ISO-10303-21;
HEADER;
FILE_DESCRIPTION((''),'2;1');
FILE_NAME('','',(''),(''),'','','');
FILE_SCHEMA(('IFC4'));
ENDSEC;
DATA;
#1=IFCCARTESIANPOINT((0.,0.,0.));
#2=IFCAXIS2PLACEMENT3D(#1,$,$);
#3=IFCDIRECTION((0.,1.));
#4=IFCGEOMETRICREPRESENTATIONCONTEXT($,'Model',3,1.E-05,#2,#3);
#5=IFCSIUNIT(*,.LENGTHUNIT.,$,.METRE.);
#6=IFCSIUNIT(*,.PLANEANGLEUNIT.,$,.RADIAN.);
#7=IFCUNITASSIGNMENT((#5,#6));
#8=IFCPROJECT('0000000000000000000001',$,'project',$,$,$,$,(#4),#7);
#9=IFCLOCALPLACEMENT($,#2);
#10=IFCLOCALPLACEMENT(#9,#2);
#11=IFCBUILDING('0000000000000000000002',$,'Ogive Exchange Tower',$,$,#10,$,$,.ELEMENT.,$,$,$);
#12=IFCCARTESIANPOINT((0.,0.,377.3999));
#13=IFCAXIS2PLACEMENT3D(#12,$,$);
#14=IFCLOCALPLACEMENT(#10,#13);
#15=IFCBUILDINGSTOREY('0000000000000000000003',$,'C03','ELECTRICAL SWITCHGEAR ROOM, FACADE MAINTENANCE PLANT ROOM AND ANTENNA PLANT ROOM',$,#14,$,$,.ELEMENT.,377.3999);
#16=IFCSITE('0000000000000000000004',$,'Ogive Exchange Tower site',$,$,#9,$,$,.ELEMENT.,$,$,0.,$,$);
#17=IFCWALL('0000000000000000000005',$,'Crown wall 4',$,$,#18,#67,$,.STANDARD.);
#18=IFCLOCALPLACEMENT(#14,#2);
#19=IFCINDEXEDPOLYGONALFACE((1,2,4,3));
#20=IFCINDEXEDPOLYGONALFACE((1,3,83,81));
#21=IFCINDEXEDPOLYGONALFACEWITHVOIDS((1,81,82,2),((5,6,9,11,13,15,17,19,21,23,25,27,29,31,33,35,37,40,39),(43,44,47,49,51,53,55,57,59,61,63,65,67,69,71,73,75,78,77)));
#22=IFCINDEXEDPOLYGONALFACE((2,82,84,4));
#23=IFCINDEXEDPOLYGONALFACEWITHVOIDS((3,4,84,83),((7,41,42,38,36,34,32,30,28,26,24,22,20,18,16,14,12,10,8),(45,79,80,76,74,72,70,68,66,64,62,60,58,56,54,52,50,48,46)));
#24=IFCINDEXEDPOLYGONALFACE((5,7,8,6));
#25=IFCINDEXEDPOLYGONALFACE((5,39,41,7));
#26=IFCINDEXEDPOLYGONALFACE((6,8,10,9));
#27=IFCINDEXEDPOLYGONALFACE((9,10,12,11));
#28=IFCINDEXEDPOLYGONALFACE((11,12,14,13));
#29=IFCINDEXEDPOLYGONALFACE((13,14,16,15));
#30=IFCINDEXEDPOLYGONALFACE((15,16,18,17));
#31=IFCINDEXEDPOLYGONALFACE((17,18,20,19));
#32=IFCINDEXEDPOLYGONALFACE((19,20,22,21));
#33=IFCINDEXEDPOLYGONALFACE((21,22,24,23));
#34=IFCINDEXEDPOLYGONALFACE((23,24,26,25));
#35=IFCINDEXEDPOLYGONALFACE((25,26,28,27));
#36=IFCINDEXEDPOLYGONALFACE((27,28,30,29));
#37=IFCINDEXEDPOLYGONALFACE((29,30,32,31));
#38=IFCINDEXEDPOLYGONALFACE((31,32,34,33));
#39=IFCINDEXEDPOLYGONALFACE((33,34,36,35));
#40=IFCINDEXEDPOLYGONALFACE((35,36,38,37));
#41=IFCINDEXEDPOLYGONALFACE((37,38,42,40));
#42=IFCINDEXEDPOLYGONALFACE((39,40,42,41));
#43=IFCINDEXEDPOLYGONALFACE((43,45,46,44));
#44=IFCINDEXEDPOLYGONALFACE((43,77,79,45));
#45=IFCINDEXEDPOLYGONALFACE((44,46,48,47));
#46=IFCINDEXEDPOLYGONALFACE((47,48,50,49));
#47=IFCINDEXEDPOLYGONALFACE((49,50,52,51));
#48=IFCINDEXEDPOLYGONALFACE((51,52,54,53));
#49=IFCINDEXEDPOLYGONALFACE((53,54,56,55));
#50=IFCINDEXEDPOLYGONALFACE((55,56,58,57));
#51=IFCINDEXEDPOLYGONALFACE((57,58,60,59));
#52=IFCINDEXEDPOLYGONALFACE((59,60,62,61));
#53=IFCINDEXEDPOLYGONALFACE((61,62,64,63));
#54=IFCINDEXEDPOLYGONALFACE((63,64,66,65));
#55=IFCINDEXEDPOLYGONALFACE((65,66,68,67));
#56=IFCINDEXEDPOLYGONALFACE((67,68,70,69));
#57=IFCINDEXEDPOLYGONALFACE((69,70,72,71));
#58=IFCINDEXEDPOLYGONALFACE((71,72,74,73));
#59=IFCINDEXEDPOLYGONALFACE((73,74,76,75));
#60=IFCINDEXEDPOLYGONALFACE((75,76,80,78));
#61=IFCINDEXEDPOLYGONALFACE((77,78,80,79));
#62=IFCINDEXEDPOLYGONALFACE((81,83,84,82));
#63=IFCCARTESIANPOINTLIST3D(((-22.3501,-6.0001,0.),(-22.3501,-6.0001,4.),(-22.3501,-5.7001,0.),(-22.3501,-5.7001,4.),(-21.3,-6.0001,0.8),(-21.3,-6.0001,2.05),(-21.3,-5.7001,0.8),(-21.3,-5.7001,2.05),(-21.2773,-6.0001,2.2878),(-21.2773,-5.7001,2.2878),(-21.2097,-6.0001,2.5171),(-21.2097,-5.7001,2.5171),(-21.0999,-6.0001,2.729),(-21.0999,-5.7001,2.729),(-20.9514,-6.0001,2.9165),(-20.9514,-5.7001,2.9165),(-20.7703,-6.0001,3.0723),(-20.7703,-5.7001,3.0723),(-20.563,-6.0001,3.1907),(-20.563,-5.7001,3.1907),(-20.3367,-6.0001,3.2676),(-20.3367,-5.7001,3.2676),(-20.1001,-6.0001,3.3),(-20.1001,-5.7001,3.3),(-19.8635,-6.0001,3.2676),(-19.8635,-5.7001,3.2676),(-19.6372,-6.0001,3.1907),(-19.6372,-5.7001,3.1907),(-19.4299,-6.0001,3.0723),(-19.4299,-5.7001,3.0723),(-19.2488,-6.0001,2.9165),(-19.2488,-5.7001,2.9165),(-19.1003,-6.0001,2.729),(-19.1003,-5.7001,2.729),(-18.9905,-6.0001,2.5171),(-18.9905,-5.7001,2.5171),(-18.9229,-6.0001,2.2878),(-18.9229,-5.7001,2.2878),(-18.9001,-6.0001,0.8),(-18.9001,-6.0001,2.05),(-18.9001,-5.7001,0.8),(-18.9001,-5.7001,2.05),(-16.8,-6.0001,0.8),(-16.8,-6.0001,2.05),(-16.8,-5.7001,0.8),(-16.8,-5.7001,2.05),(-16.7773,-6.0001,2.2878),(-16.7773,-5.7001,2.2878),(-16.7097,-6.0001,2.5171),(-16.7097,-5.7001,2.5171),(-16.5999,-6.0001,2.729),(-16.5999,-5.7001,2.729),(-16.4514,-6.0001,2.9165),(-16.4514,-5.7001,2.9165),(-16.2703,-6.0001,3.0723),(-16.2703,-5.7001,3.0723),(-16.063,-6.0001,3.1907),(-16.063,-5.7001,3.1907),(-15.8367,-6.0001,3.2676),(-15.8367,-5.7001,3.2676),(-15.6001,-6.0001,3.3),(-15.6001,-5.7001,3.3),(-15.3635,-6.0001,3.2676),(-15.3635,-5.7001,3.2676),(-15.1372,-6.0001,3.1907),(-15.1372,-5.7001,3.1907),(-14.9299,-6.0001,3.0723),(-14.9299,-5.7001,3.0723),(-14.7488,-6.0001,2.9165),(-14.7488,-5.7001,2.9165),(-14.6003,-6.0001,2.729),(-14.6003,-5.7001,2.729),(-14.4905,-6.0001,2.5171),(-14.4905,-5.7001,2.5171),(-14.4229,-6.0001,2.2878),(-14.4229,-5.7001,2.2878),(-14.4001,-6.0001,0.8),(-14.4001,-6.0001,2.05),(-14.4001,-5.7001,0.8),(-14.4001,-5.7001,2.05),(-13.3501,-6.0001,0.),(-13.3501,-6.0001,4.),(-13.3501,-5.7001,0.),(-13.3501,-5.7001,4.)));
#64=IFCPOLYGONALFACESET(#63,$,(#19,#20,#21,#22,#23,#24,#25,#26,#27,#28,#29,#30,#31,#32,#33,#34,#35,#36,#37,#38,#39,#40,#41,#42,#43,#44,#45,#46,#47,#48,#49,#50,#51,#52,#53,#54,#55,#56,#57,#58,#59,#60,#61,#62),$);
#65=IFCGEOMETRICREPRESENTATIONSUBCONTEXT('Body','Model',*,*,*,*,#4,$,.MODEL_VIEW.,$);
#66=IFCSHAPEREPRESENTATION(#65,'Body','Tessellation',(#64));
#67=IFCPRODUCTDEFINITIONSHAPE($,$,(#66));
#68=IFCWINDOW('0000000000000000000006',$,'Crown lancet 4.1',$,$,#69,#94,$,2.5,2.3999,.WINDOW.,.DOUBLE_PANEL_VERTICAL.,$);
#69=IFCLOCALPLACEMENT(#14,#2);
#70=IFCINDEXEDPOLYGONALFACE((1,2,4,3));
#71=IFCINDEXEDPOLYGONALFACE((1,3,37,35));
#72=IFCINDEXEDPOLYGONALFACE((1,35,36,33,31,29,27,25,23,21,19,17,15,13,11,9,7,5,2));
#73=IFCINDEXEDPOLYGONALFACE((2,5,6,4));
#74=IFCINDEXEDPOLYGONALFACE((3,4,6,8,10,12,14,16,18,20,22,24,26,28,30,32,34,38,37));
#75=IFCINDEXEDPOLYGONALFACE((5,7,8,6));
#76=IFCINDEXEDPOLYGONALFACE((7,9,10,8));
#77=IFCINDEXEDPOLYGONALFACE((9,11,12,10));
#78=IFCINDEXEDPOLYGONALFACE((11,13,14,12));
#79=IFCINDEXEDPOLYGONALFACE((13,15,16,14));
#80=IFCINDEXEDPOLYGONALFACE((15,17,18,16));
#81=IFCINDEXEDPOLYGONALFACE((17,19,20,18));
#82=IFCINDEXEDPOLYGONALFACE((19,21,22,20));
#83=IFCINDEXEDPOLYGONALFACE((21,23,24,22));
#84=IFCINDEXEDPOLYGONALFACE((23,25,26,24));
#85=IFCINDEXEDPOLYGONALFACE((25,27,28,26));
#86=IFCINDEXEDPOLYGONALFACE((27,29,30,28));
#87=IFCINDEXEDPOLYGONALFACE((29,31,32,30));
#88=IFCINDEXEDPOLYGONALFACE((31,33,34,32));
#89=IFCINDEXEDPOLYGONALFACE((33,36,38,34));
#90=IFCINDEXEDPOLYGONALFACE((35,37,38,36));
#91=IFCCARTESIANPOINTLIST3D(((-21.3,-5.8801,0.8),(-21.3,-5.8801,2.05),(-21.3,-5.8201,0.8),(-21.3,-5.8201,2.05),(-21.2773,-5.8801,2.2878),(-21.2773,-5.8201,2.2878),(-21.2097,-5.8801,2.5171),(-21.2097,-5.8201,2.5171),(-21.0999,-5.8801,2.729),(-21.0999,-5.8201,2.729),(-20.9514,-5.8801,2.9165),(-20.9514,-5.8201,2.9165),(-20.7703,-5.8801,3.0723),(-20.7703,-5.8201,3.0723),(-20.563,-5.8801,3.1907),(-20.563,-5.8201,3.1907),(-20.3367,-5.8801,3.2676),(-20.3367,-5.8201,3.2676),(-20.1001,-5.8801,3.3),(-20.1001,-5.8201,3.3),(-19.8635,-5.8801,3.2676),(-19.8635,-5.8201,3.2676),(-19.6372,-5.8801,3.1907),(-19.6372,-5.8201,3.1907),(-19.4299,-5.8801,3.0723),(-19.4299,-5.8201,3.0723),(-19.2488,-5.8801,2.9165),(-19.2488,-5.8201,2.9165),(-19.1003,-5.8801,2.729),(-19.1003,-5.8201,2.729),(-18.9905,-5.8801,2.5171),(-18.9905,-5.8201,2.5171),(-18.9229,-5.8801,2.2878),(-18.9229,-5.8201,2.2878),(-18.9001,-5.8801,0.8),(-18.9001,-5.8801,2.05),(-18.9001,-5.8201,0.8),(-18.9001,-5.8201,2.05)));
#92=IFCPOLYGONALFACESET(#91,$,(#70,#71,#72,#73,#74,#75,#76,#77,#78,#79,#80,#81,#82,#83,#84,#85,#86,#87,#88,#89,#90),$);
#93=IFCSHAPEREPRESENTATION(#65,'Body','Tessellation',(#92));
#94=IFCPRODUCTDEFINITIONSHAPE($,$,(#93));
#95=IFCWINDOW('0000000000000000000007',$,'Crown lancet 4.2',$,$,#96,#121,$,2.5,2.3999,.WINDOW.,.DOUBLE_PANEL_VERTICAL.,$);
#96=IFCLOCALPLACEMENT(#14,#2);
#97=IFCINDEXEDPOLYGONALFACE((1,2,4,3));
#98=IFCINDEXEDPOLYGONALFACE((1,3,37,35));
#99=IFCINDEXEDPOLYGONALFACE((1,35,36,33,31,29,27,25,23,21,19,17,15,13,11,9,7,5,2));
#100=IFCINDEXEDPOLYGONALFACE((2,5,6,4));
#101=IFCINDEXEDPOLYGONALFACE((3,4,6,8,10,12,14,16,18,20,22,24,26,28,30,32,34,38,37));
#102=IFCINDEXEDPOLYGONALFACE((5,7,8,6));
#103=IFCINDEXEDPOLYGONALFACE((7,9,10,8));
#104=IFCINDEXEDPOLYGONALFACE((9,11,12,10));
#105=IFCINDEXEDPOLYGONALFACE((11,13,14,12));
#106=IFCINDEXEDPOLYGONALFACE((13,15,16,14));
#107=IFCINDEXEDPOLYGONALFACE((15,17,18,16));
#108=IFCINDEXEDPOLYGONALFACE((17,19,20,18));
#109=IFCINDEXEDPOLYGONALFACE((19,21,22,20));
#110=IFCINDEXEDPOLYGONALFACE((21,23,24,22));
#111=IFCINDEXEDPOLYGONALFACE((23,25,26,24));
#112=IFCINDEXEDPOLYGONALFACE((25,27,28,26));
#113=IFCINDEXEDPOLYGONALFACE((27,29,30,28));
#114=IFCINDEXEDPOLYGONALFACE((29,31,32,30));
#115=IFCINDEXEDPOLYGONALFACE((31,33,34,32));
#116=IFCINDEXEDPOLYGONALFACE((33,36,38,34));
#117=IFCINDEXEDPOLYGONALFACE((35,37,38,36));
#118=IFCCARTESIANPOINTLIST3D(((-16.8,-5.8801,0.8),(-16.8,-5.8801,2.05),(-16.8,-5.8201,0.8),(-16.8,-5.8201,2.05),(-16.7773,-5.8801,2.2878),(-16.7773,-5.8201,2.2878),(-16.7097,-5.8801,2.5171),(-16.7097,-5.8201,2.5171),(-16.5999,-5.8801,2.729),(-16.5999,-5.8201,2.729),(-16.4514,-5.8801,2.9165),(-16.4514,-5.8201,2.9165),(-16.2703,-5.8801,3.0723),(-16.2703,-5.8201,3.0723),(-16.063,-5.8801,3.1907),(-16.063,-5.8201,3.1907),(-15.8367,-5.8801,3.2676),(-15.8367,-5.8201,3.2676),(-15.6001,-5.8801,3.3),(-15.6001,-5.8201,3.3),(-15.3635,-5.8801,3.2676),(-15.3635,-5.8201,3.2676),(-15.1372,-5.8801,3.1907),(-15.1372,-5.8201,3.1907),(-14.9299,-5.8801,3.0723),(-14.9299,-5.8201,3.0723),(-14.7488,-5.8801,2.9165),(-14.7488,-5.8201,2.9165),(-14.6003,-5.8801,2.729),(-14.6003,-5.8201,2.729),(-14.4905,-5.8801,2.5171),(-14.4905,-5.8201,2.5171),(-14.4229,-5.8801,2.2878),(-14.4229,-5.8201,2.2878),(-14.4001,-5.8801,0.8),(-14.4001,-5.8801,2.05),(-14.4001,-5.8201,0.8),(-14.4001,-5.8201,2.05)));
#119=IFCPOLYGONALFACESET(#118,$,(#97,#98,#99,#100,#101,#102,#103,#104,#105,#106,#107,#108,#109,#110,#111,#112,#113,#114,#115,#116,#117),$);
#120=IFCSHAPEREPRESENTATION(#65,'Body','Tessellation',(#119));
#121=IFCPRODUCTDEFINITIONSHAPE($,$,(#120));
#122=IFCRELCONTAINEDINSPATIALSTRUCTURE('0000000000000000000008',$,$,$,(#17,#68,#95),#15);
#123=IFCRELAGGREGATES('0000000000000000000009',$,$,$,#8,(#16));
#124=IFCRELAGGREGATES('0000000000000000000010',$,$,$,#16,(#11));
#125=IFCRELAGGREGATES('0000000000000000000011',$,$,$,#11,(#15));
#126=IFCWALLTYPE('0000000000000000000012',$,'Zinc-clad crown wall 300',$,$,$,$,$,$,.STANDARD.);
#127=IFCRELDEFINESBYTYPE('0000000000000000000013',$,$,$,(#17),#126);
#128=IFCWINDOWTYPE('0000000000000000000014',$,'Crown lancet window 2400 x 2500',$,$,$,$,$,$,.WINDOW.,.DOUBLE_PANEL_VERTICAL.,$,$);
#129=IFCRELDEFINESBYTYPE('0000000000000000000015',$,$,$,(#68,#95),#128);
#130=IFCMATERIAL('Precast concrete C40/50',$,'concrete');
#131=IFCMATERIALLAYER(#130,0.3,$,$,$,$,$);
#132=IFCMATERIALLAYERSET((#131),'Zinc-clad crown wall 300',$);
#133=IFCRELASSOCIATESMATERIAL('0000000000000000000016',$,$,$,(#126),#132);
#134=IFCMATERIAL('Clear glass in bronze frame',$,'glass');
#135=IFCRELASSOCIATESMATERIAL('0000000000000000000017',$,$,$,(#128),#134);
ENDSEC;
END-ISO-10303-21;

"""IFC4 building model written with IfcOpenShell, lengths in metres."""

from ifc_helpers import new_model, si_unit, direction, frame, frame_2d, origin, place, context, subcontext, project, spatial, polyline, rectangle, outline, extrude, material, layer, layer_set, type_object, element, fill, save


model = new_model("IFC4")

# Units and contexts
model_context = context("Model", 3, precision=1e-05, world=origin(), true_north=direction((0.0, 1.0)))
body_context = subcontext(model_context, "Body", "Model", "MODEL_VIEW")
ifc_project = project(units=[si_unit("LENGTHUNIT", "METRE"), si_unit("PLANEANGLEUNIT", "RADIAN")], contexts=[model_context])

# Site, building, storey
site_placement = place(None, origin())
site = spatial("IfcSite", under=ifc_project, at=site_placement, Name="Ogive Exchange Tower site", CompositionType="ELEMENT", RefElevation=0.0)
building_placement = place(site_placement, origin())
building = spatial("IfcBuilding", under=site, at=building_placement, Name="Ogive Exchange Tower", CompositionType="ELEMENT")
storey_placement = place(building_placement, frame((0.0, 0.0, 377.3999)))
storey = spatial("IfcBuildingStorey", under=building, at=storey_placement, Name="C03", Description="ELECTRICAL SWITCHGEAR ROOM, FACADE MAINTENANCE PLANT ROOM AND ANTENNA PLANT ROOM", CompositionType="ELEMENT", Elevation=377.3999)

# Shared definitions
ifc_material_1 = material(Name="Precast concrete C40/50", Category="concrete")
ifc_layer_1 = layer(ifc_material_1, 0.3)
ifc_layer_set_1 = layer_set([ifc_layer_1], Name="Zinc-clad crown wall 300")
wall_type_1 = type_object("IfcWallType", Name="Zinc-clad crown wall 300", PredefinedType="STANDARD", material=ifc_layer_set_1)

# Wall, openings, windows
wall_1_placement = place(storey_placement, frame((-22.3501, -5.8501, 0.0), z_axis=(0.0, 0.0, 1.0), x_axis=(1.0, 0.0, 0.0)))
wall_1 = element("IfcWall", 1, at=wall_1_placement, inside=storey, type_object=wall_type_1, Name="Crown wall 4", PredefinedType="STANDARD", context=body_context, shape_type="SweptSolid", body=[
    extrude(rectangle(XDim=9.0, YDim=0.3, at=frame_2d((4.5, 0.0))), origin(), (0.0, 0.0, 1.0), 4.0),
])
opening_1_placement = place(wall_1_placement, frame((1.05, 0.0, 0.8)))
opening_1 = element("IfcOpeningElement", 2, at=opening_1_placement, cuts=wall_1, PredefinedType="OPENING", context=body_context, shape_type="SweptSolid", body=[
    extrude(outline(polyline([(0.0, 0.0), (2.3999, 0.0), (2.3999, 1.25), (2.3772, 1.4878), (2.3096, 1.717), (2.1997, 1.929), (2.0513, 2.1165), (1.8701, 2.2722), (1.6628, 2.3906), (1.4365, 2.4675), (1.2, 2.5), (0.9634, 2.4675), (0.7371, 2.3906), (0.5298, 2.2722), (0.3486, 2.1165), (0.2002, 1.929), (0.0903, 1.717), (0.0227, 1.4878), (0.0, 1.25), (0.0, 0.0)])), frame((0.0, 0.1599, 0.0), z_axis=(0.0, -1.0, 0.0), x_axis=(1.0, 0.0, 0.0)), (0.0, 0.0, 1.0), 0.3201),
])
opening_2_placement = place(wall_1_placement, frame((5.55, 0.0, 0.8)))
opening_2 = element("IfcOpeningElement", 3, at=opening_2_placement, cuts=wall_1, PredefinedType="OPENING", context=body_context, shape_type="SweptSolid", body=[
    extrude(outline(polyline([(0.0, 0.0), (2.3999, 0.0), (2.3999, 1.25), (2.3772, 1.4878), (2.3096, 1.717), (2.1997, 1.929), (2.0513, 2.1165), (1.8701, 2.2722), (1.6628, 2.3906), (1.4365, 2.4675), (1.2, 2.5), (0.9634, 2.4675), (0.7371, 2.3906), (0.5298, 2.2722), (0.3486, 2.1165), (0.2002, 1.929), (0.0903, 1.717), (0.0227, 1.4878), (0.0, 1.25), (0.0, 0.0)])), frame((0.0, 0.1599, 0.0), z_axis=(0.0, -1.0, 0.0), x_axis=(1.0, 0.0, 0.0)), (0.0, 0.0, 1.0), 0.3201),
])
ifc_material_2 = material(Name="Clear glass in bronze frame", Category="glass")
window_type = type_object("IfcWindowType", Name="Crown lancet window 2400 x 2500", PartitioningType="DOUBLE_PANEL_VERTICAL", PredefinedType="WINDOW", material=ifc_material_2)
window_1_placement = place(opening_1_placement, origin())
window_1 = element("IfcWindow", 4, at=window_1_placement, inside=storey, type_object=window_type, Name="Crown lancet 4.1", OverallHeight=2.5, OverallWidth=2.3999, PartitioningType="DOUBLE_PANEL_VERTICAL", PredefinedType="WINDOW", context=body_context, shape_type="SweptSolid", body=[
    extrude(outline(polyline([(0.0, 0.0), (2.3999, 0.0), (2.3999, 1.25), (2.3772, 1.4878), (2.3096, 1.717), (2.1997, 1.929), (2.0513, 2.1165), (1.8701, 2.2722), (1.6628, 2.3906), (1.4365, 2.4675), (1.2, 2.5), (0.9634, 2.4675), (0.7371, 2.3906), (0.5298, 2.2722), (0.3486, 2.1165), (0.2002, 1.929), (0.0903, 1.717), (0.0227, 1.4878), (0.0, 1.25), (0.0, 0.0)])), frame((0.0, 0.03, 0.0), z_axis=(0.0, -1.0, 0.0), x_axis=(1.0, 0.0, 0.0)), (0.0, 0.0, 1.0), 0.0601),
])
fill(opening_1, window_1)
window_2_placement = place(opening_2_placement, origin())
window_2 = element("IfcWindow", 5, at=window_2_placement, inside=storey, type_object=window_type, Name="Crown lancet 4.2", OverallHeight=2.5, OverallWidth=2.3999, PartitioningType="DOUBLE_PANEL_VERTICAL", PredefinedType="WINDOW", context=body_context, shape_type="SweptSolid", body=[
    extrude(outline(polyline([(0.0, 0.0), (2.3999, 0.0), (2.3999, 1.25), (2.3772, 1.4878), (2.3096, 1.717), (2.1997, 1.929), (2.0513, 2.1165), (1.8701, 2.2722), (1.6628, 2.3906), (1.4365, 2.4675), (1.2, 2.5), (0.9634, 2.4675), (0.7371, 2.3906), (0.5298, 2.2722), (0.3486, 2.1165), (0.2002, 1.929), (0.0903, 1.717), (0.0227, 1.4878), (0.0, 1.25), (0.0, 0.0)])), frame((0.0, 0.03, 0.0), z_axis=(0.0, -1.0, 0.0), x_axis=(1.0, 0.0, 0.0)), (0.0, 0.0, 1.0), 0.0601),
])
fill(opening_2, window_2)

save(model, "model.ifc")
